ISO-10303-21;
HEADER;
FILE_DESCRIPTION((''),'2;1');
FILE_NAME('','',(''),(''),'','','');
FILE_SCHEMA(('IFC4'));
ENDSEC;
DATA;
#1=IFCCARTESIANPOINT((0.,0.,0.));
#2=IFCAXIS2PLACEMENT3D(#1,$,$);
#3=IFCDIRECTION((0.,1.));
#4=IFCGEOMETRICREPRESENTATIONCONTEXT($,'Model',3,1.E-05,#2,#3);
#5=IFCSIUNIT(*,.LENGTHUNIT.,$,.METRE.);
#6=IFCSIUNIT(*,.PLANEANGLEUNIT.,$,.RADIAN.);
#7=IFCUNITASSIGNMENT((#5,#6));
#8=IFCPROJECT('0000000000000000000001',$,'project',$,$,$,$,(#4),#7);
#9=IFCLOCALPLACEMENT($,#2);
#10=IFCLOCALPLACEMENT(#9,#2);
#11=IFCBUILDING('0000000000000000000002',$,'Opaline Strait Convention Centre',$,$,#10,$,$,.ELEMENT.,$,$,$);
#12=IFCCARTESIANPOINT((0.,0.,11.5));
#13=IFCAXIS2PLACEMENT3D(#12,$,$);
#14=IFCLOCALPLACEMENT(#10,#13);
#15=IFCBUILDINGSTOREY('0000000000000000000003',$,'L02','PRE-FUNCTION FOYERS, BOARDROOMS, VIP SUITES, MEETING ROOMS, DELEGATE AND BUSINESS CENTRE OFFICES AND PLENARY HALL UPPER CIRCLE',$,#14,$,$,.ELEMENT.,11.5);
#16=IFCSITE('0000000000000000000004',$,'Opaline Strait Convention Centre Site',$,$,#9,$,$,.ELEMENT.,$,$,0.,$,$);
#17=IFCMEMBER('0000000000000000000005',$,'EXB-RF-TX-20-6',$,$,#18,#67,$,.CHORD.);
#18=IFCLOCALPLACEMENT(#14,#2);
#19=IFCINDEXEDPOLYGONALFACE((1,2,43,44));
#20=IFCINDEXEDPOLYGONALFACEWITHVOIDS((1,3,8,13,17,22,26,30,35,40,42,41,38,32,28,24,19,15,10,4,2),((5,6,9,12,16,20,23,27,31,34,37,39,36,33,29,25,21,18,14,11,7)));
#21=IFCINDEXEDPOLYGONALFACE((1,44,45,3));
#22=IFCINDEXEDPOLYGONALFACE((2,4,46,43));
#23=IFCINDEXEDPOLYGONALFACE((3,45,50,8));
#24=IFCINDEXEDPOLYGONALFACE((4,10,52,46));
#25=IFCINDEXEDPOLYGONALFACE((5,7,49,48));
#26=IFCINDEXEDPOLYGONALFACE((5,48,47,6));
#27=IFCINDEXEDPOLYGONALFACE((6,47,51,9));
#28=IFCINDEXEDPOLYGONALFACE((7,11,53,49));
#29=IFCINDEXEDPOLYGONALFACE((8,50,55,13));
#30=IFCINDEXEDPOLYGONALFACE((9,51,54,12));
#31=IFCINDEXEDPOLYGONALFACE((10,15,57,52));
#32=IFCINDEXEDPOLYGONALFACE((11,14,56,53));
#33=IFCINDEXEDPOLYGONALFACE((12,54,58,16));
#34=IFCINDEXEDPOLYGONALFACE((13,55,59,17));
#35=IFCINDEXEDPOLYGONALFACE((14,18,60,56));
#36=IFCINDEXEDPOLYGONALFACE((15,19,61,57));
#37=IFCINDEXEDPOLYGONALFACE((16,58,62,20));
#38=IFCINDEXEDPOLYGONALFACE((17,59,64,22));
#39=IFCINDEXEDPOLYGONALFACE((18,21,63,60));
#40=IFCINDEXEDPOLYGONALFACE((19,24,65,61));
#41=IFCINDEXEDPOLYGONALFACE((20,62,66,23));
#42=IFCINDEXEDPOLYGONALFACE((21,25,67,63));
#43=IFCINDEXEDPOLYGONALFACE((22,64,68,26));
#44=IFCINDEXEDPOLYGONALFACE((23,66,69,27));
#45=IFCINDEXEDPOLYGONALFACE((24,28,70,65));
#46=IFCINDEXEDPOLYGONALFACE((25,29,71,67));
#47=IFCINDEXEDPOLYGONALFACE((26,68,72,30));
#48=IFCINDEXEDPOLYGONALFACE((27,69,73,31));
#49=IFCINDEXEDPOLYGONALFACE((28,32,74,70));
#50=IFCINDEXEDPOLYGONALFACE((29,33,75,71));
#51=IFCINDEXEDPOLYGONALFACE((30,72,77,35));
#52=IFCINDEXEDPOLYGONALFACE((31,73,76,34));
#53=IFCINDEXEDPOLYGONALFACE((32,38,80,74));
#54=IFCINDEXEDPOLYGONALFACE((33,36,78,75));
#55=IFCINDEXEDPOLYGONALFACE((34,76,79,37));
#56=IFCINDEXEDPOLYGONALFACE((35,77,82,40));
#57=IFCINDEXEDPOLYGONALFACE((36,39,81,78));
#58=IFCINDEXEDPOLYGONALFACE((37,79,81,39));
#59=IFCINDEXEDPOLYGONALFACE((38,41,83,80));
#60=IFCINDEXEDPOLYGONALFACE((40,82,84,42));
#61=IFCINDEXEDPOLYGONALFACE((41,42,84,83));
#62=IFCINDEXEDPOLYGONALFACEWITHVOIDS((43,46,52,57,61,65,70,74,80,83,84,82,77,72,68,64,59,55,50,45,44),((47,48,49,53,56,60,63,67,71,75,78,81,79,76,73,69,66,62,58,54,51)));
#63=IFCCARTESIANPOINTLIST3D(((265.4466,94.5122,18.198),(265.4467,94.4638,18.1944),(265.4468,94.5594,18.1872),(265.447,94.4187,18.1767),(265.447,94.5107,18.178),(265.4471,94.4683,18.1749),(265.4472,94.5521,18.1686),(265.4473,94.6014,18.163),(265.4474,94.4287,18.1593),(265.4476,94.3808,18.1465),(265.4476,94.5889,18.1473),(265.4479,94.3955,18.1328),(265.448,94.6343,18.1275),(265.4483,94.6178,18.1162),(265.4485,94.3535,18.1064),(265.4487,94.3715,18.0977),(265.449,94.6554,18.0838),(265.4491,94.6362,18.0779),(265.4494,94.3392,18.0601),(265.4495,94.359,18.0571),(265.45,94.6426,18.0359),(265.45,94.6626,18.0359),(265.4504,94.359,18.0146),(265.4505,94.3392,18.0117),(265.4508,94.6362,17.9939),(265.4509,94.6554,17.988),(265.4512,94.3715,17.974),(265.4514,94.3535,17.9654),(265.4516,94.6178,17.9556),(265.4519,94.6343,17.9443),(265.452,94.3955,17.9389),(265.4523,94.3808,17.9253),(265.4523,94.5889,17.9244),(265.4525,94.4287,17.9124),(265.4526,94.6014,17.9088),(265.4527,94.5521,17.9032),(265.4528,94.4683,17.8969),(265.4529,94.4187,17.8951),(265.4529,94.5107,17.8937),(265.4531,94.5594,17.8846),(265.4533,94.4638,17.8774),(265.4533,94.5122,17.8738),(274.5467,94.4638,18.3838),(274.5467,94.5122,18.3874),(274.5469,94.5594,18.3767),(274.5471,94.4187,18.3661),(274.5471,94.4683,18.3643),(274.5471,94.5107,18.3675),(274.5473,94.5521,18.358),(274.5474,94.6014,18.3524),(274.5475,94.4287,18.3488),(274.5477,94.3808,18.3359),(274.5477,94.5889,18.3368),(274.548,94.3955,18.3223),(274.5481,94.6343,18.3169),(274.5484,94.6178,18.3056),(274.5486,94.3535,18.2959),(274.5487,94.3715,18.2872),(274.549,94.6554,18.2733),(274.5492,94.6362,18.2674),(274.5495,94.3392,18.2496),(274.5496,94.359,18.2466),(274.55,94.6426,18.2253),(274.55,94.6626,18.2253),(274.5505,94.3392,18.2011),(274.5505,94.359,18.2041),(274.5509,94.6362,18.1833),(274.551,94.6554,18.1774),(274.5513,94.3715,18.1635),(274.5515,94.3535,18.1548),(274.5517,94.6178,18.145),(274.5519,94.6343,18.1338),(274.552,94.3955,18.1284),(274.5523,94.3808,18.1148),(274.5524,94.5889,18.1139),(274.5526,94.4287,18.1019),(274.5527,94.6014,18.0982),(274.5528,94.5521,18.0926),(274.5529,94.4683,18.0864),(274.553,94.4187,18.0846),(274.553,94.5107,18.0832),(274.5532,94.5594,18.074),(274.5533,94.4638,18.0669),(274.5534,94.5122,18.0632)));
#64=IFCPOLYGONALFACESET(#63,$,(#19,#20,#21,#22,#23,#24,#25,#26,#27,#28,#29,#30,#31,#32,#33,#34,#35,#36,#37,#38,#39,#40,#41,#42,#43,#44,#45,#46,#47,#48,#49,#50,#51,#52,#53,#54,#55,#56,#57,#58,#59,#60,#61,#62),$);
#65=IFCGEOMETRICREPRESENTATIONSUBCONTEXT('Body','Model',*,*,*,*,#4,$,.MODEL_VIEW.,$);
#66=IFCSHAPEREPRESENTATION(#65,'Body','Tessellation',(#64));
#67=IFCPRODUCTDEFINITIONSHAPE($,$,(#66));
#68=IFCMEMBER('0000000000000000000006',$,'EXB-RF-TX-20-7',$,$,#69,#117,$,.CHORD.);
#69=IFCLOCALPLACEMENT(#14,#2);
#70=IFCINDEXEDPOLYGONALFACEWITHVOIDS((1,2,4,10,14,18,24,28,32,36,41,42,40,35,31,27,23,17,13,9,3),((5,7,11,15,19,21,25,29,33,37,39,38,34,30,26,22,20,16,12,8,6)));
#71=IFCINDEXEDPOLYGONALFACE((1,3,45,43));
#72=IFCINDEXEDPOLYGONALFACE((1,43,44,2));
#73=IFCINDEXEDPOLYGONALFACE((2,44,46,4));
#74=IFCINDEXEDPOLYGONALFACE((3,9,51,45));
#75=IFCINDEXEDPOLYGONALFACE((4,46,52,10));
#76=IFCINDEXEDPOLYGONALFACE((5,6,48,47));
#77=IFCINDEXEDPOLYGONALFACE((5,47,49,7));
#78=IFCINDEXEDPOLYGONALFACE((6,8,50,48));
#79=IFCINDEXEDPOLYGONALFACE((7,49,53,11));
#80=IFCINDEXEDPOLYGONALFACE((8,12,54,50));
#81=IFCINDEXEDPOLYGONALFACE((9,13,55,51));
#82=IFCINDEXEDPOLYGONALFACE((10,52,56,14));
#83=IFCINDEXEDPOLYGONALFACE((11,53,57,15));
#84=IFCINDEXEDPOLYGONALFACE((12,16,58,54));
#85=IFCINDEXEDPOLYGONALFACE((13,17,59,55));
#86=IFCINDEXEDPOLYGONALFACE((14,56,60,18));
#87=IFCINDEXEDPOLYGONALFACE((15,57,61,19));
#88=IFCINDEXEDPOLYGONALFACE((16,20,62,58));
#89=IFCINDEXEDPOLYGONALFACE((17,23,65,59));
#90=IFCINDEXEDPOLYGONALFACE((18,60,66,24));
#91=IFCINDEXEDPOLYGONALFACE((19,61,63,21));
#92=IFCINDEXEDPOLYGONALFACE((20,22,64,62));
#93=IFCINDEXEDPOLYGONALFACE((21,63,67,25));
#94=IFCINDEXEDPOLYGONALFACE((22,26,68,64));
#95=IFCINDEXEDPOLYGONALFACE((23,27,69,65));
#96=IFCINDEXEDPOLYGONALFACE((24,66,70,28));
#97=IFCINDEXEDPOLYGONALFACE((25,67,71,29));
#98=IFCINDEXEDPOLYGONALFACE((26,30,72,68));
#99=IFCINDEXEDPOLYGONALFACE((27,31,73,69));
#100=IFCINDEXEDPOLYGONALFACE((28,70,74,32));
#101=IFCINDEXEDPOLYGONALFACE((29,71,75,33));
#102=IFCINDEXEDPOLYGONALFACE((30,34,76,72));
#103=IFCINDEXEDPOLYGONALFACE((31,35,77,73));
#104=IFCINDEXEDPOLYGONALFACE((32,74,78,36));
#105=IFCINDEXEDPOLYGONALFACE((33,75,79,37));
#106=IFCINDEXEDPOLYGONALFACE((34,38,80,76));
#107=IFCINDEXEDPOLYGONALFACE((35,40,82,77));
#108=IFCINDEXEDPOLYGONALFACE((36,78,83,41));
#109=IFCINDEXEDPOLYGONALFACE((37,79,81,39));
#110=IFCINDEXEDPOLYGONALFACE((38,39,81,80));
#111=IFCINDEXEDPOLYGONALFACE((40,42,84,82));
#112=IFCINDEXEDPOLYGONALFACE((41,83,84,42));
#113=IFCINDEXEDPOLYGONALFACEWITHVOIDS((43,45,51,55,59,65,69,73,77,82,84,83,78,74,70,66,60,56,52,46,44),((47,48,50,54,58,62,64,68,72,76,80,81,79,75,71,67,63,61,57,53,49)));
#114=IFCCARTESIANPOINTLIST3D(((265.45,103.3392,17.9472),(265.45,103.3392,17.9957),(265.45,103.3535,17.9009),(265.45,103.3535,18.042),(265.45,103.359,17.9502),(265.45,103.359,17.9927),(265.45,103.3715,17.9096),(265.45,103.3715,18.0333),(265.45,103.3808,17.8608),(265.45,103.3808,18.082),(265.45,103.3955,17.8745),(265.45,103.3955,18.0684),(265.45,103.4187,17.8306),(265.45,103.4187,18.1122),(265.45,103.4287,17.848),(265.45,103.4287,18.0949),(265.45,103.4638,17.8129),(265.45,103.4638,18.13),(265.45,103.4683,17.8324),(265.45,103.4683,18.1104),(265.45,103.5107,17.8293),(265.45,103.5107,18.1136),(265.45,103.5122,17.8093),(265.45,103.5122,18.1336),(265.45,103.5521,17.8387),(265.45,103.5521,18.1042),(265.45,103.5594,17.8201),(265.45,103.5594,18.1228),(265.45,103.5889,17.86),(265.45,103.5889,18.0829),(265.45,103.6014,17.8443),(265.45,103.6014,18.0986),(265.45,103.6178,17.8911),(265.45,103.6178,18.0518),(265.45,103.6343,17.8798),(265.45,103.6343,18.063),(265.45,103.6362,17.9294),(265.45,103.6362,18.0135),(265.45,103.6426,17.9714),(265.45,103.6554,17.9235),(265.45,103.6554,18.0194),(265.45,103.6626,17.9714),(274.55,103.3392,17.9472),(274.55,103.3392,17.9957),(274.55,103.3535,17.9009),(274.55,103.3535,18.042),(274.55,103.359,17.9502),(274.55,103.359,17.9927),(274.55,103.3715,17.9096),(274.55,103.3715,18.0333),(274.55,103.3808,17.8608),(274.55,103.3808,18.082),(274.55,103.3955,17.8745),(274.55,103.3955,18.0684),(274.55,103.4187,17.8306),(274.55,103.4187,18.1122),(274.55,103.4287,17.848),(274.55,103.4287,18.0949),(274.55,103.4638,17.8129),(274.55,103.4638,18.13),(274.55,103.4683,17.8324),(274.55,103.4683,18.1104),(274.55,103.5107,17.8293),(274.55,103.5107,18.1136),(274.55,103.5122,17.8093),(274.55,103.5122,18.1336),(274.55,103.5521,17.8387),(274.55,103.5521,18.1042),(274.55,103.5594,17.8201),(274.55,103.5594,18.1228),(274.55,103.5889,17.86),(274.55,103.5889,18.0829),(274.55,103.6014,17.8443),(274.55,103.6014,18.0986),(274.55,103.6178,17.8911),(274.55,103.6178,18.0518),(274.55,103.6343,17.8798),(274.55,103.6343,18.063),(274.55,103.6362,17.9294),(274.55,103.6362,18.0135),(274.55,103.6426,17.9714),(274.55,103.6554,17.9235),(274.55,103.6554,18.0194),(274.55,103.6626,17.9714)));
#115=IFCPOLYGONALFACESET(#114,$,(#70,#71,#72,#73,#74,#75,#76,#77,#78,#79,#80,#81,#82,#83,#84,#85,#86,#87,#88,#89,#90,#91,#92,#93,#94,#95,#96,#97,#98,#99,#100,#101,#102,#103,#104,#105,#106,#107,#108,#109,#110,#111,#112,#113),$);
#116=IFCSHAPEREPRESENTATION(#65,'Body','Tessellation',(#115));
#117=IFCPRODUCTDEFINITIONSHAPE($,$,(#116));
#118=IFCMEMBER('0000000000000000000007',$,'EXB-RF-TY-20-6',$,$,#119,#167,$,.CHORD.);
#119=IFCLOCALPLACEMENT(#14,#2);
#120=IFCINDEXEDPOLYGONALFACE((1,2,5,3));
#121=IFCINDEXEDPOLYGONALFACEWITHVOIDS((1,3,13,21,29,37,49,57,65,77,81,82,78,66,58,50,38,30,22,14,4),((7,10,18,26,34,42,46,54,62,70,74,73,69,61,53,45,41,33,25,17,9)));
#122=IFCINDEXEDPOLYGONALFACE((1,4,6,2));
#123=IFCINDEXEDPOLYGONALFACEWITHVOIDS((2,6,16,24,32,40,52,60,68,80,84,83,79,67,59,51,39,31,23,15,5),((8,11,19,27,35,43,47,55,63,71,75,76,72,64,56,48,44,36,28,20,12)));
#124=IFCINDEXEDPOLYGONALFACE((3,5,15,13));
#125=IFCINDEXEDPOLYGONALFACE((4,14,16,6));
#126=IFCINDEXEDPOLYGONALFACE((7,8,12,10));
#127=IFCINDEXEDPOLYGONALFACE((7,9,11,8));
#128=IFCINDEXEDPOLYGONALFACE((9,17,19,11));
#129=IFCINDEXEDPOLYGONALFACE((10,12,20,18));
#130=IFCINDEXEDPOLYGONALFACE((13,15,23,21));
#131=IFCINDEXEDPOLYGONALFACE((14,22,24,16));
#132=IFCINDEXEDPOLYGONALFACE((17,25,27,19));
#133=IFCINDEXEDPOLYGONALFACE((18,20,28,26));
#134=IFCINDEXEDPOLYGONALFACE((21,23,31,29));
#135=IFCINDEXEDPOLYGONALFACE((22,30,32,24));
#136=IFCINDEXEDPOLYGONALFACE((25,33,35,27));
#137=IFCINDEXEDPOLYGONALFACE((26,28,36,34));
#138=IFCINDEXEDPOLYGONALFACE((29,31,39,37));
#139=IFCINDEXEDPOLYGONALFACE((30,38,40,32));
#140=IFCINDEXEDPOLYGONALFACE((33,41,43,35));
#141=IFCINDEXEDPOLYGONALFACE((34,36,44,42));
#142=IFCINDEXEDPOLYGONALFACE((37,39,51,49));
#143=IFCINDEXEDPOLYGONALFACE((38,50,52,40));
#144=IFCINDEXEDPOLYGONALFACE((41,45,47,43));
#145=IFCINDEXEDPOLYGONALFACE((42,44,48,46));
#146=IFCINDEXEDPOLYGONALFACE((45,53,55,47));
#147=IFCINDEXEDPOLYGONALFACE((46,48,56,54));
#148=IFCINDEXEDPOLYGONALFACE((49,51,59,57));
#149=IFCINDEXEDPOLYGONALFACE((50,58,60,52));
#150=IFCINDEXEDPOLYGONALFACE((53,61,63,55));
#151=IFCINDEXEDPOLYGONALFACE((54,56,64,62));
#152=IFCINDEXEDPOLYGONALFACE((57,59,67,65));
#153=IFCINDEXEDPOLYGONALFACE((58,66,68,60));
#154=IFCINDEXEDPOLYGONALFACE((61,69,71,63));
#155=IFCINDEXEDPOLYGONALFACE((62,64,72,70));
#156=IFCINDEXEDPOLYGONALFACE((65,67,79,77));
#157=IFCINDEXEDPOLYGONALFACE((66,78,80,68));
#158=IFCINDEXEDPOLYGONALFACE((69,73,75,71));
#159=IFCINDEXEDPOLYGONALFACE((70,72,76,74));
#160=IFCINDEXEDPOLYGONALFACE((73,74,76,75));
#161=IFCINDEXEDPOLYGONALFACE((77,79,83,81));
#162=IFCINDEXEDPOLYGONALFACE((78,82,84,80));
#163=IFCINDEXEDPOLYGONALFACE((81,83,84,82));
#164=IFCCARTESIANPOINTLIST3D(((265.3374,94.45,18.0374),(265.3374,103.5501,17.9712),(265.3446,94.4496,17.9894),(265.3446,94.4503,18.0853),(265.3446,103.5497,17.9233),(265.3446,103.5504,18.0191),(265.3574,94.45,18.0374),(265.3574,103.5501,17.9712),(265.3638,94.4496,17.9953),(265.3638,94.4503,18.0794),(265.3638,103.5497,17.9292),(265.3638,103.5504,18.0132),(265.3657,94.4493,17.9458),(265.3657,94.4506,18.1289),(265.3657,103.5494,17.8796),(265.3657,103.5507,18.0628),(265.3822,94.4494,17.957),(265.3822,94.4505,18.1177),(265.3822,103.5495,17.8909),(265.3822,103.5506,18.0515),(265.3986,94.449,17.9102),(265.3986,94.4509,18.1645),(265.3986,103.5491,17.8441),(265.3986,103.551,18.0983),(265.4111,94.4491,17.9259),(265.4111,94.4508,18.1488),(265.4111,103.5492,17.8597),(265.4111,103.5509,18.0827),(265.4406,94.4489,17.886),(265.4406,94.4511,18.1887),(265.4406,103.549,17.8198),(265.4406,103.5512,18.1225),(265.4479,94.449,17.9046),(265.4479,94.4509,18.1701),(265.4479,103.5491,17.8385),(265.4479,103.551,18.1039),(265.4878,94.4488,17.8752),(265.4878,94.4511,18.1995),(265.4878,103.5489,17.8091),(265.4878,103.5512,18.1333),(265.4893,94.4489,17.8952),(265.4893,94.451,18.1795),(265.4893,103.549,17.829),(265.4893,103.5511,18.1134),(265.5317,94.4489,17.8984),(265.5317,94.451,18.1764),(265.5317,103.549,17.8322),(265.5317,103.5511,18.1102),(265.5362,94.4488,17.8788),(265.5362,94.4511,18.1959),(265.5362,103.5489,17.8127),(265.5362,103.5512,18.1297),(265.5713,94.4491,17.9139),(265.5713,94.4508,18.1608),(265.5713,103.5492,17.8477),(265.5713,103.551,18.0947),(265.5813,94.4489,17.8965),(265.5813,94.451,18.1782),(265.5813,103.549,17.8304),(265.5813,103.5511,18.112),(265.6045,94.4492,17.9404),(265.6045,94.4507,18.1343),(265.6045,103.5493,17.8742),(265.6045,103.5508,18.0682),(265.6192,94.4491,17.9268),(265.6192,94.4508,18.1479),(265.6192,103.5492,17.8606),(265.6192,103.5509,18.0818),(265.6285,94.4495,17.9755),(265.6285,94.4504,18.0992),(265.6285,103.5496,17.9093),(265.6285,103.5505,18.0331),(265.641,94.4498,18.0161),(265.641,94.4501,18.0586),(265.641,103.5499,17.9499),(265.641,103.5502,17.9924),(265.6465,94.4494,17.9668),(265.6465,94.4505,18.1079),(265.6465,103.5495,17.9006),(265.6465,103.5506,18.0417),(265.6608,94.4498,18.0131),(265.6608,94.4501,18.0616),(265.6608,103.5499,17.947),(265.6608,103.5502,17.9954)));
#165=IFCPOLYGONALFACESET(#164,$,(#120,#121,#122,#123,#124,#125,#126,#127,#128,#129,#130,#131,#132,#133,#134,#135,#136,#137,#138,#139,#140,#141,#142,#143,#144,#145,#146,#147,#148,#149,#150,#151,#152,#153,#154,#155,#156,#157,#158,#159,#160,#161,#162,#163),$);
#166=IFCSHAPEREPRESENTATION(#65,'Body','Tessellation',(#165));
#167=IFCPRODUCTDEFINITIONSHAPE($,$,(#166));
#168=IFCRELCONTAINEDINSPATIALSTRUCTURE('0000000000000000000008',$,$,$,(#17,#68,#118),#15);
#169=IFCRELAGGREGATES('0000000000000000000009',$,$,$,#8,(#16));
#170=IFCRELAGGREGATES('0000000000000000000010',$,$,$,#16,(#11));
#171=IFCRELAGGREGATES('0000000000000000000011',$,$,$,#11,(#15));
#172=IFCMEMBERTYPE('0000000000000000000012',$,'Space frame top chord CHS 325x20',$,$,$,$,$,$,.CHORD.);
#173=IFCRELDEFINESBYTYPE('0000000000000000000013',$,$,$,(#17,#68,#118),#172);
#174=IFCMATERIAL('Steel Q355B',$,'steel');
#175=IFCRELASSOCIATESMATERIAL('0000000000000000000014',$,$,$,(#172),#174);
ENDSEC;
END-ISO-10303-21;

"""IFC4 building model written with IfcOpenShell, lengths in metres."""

from ifc_helpers import new_model, si_unit, direction, frame, origin, origin_2d, place, context, subcontext, project, spatial, hollow_circle, extrude, material, material_profile, profile_set, type_object, element, save


model = new_model("IFC4")

# Units and contexts
model_context = context("Model", 3, precision=1e-05, world=origin(), true_north=direction((0.0, 1.0)))
body_context = subcontext(model_context, "Body", "Model", "MODEL_VIEW")
ifc_project = project(units=[si_unit("LENGTHUNIT", "METRE"), si_unit("PLANEANGLEUNIT", "RADIAN")], contexts=[model_context])

# Site, building, storey
site_placement = place(None, origin())
site = spatial("IfcSite", under=ifc_project, at=site_placement, Name="Opaline Strait Convention Centre Site", CompositionType="ELEMENT", RefElevation=0.0)
building_placement = place(site_placement, origin())
building = spatial("IfcBuilding", under=site, at=building_placement, Name="Opaline Strait Convention Centre", CompositionType="ELEMENT")
storey_placement = place(building_placement, frame((0.0, 0.0, 11.5)))
storey = spatial("IfcBuildingStorey", under=building, at=storey_placement, Name="L02", Description="PRE-FUNCTION FOYERS, BOARDROOMS, VIP SUITES, MEETING ROOMS, DELEGATE AND BUSINESS CENTRE OFFICES AND PLENARY HALL UPPER CIRCLE", CompositionType="ELEMENT", Elevation=11.5)

# Members
ifc_material_1 = material(Name="Steel Q355B", Category="steel")
ifc_material_profile_1 = material_profile(ifc_material_1, hollow_circle(Radius=0.1626, WallThickness=0.02, at=origin_2d()), Name="CHS 325x20")
ifc_profile_set_1 = profile_set([ifc_material_profile_1], Name="Steel Q355B")
member_type_1 = type_object("IfcMemberType", Name="Space frame top chord CHS 325x20", PredefinedType="CHORD", material=ifc_profile_set_1)
member_1_placement = place(storey_placement, frame((265.45, 94.5, 18.0359), z_axis=(0.999783, 0.0, 0.020814), x_axis=(0.0, 1.0, 0.0)))
element("IfcMember", 1, at=member_1_placement, inside=storey, type_object=member_type_1, Name="EXB-RF-TX-20-6", PredefinedType="CHORD", context=body_context, shape_type="SweptSolid", body=[
    extrude(hollow_circle(Radius=0.1626, WallThickness=0.02, at=origin_2d()), origin(), (0.0, 0.0, 1.0), 9.1021),
])
member_2_placement = place(storey_placement, frame((265.45, 103.5, 17.9714), z_axis=(1.0, 0.0, 0.0), x_axis=(0.0, 1.0, 0.0)))
element("IfcMember", 2, at=member_2_placement, inside=storey, type_object=member_type_1, Name="EXB-RF-TX-20-7", PredefinedType="CHORD", context=body_context, shape_type="SweptSolid", body=[
    extrude(hollow_circle(Radius=0.1626, WallThickness=0.02, at=origin_2d()), origin(), (0.0, 0.0, 1.0), 9.1001),
])
for number, where, z_axis, x_axis, name in (
    (3, (265.5, 94.45, 18.0374), (0.0, 0.999974, -0.00727), (-1.0, 0.0, 0.0), "EXB-RF-TY-20-6"),
):
    element("IfcMember", number, at=place(storey_placement, frame(where, z_axis=z_axis, x_axis=x_axis)), inside=storey, type_object=member_type_1, Name=name, PredefinedType="CHORD", context=body_context, shape_type="SweptSolid", body=[
        extrude(hollow_circle(Radius=0.1626, WallThickness=0.02, at=origin_2d()), origin(), (0.0, 0.0, 1.0), 9.1003),
    ])

save(model, "model.ifc")
